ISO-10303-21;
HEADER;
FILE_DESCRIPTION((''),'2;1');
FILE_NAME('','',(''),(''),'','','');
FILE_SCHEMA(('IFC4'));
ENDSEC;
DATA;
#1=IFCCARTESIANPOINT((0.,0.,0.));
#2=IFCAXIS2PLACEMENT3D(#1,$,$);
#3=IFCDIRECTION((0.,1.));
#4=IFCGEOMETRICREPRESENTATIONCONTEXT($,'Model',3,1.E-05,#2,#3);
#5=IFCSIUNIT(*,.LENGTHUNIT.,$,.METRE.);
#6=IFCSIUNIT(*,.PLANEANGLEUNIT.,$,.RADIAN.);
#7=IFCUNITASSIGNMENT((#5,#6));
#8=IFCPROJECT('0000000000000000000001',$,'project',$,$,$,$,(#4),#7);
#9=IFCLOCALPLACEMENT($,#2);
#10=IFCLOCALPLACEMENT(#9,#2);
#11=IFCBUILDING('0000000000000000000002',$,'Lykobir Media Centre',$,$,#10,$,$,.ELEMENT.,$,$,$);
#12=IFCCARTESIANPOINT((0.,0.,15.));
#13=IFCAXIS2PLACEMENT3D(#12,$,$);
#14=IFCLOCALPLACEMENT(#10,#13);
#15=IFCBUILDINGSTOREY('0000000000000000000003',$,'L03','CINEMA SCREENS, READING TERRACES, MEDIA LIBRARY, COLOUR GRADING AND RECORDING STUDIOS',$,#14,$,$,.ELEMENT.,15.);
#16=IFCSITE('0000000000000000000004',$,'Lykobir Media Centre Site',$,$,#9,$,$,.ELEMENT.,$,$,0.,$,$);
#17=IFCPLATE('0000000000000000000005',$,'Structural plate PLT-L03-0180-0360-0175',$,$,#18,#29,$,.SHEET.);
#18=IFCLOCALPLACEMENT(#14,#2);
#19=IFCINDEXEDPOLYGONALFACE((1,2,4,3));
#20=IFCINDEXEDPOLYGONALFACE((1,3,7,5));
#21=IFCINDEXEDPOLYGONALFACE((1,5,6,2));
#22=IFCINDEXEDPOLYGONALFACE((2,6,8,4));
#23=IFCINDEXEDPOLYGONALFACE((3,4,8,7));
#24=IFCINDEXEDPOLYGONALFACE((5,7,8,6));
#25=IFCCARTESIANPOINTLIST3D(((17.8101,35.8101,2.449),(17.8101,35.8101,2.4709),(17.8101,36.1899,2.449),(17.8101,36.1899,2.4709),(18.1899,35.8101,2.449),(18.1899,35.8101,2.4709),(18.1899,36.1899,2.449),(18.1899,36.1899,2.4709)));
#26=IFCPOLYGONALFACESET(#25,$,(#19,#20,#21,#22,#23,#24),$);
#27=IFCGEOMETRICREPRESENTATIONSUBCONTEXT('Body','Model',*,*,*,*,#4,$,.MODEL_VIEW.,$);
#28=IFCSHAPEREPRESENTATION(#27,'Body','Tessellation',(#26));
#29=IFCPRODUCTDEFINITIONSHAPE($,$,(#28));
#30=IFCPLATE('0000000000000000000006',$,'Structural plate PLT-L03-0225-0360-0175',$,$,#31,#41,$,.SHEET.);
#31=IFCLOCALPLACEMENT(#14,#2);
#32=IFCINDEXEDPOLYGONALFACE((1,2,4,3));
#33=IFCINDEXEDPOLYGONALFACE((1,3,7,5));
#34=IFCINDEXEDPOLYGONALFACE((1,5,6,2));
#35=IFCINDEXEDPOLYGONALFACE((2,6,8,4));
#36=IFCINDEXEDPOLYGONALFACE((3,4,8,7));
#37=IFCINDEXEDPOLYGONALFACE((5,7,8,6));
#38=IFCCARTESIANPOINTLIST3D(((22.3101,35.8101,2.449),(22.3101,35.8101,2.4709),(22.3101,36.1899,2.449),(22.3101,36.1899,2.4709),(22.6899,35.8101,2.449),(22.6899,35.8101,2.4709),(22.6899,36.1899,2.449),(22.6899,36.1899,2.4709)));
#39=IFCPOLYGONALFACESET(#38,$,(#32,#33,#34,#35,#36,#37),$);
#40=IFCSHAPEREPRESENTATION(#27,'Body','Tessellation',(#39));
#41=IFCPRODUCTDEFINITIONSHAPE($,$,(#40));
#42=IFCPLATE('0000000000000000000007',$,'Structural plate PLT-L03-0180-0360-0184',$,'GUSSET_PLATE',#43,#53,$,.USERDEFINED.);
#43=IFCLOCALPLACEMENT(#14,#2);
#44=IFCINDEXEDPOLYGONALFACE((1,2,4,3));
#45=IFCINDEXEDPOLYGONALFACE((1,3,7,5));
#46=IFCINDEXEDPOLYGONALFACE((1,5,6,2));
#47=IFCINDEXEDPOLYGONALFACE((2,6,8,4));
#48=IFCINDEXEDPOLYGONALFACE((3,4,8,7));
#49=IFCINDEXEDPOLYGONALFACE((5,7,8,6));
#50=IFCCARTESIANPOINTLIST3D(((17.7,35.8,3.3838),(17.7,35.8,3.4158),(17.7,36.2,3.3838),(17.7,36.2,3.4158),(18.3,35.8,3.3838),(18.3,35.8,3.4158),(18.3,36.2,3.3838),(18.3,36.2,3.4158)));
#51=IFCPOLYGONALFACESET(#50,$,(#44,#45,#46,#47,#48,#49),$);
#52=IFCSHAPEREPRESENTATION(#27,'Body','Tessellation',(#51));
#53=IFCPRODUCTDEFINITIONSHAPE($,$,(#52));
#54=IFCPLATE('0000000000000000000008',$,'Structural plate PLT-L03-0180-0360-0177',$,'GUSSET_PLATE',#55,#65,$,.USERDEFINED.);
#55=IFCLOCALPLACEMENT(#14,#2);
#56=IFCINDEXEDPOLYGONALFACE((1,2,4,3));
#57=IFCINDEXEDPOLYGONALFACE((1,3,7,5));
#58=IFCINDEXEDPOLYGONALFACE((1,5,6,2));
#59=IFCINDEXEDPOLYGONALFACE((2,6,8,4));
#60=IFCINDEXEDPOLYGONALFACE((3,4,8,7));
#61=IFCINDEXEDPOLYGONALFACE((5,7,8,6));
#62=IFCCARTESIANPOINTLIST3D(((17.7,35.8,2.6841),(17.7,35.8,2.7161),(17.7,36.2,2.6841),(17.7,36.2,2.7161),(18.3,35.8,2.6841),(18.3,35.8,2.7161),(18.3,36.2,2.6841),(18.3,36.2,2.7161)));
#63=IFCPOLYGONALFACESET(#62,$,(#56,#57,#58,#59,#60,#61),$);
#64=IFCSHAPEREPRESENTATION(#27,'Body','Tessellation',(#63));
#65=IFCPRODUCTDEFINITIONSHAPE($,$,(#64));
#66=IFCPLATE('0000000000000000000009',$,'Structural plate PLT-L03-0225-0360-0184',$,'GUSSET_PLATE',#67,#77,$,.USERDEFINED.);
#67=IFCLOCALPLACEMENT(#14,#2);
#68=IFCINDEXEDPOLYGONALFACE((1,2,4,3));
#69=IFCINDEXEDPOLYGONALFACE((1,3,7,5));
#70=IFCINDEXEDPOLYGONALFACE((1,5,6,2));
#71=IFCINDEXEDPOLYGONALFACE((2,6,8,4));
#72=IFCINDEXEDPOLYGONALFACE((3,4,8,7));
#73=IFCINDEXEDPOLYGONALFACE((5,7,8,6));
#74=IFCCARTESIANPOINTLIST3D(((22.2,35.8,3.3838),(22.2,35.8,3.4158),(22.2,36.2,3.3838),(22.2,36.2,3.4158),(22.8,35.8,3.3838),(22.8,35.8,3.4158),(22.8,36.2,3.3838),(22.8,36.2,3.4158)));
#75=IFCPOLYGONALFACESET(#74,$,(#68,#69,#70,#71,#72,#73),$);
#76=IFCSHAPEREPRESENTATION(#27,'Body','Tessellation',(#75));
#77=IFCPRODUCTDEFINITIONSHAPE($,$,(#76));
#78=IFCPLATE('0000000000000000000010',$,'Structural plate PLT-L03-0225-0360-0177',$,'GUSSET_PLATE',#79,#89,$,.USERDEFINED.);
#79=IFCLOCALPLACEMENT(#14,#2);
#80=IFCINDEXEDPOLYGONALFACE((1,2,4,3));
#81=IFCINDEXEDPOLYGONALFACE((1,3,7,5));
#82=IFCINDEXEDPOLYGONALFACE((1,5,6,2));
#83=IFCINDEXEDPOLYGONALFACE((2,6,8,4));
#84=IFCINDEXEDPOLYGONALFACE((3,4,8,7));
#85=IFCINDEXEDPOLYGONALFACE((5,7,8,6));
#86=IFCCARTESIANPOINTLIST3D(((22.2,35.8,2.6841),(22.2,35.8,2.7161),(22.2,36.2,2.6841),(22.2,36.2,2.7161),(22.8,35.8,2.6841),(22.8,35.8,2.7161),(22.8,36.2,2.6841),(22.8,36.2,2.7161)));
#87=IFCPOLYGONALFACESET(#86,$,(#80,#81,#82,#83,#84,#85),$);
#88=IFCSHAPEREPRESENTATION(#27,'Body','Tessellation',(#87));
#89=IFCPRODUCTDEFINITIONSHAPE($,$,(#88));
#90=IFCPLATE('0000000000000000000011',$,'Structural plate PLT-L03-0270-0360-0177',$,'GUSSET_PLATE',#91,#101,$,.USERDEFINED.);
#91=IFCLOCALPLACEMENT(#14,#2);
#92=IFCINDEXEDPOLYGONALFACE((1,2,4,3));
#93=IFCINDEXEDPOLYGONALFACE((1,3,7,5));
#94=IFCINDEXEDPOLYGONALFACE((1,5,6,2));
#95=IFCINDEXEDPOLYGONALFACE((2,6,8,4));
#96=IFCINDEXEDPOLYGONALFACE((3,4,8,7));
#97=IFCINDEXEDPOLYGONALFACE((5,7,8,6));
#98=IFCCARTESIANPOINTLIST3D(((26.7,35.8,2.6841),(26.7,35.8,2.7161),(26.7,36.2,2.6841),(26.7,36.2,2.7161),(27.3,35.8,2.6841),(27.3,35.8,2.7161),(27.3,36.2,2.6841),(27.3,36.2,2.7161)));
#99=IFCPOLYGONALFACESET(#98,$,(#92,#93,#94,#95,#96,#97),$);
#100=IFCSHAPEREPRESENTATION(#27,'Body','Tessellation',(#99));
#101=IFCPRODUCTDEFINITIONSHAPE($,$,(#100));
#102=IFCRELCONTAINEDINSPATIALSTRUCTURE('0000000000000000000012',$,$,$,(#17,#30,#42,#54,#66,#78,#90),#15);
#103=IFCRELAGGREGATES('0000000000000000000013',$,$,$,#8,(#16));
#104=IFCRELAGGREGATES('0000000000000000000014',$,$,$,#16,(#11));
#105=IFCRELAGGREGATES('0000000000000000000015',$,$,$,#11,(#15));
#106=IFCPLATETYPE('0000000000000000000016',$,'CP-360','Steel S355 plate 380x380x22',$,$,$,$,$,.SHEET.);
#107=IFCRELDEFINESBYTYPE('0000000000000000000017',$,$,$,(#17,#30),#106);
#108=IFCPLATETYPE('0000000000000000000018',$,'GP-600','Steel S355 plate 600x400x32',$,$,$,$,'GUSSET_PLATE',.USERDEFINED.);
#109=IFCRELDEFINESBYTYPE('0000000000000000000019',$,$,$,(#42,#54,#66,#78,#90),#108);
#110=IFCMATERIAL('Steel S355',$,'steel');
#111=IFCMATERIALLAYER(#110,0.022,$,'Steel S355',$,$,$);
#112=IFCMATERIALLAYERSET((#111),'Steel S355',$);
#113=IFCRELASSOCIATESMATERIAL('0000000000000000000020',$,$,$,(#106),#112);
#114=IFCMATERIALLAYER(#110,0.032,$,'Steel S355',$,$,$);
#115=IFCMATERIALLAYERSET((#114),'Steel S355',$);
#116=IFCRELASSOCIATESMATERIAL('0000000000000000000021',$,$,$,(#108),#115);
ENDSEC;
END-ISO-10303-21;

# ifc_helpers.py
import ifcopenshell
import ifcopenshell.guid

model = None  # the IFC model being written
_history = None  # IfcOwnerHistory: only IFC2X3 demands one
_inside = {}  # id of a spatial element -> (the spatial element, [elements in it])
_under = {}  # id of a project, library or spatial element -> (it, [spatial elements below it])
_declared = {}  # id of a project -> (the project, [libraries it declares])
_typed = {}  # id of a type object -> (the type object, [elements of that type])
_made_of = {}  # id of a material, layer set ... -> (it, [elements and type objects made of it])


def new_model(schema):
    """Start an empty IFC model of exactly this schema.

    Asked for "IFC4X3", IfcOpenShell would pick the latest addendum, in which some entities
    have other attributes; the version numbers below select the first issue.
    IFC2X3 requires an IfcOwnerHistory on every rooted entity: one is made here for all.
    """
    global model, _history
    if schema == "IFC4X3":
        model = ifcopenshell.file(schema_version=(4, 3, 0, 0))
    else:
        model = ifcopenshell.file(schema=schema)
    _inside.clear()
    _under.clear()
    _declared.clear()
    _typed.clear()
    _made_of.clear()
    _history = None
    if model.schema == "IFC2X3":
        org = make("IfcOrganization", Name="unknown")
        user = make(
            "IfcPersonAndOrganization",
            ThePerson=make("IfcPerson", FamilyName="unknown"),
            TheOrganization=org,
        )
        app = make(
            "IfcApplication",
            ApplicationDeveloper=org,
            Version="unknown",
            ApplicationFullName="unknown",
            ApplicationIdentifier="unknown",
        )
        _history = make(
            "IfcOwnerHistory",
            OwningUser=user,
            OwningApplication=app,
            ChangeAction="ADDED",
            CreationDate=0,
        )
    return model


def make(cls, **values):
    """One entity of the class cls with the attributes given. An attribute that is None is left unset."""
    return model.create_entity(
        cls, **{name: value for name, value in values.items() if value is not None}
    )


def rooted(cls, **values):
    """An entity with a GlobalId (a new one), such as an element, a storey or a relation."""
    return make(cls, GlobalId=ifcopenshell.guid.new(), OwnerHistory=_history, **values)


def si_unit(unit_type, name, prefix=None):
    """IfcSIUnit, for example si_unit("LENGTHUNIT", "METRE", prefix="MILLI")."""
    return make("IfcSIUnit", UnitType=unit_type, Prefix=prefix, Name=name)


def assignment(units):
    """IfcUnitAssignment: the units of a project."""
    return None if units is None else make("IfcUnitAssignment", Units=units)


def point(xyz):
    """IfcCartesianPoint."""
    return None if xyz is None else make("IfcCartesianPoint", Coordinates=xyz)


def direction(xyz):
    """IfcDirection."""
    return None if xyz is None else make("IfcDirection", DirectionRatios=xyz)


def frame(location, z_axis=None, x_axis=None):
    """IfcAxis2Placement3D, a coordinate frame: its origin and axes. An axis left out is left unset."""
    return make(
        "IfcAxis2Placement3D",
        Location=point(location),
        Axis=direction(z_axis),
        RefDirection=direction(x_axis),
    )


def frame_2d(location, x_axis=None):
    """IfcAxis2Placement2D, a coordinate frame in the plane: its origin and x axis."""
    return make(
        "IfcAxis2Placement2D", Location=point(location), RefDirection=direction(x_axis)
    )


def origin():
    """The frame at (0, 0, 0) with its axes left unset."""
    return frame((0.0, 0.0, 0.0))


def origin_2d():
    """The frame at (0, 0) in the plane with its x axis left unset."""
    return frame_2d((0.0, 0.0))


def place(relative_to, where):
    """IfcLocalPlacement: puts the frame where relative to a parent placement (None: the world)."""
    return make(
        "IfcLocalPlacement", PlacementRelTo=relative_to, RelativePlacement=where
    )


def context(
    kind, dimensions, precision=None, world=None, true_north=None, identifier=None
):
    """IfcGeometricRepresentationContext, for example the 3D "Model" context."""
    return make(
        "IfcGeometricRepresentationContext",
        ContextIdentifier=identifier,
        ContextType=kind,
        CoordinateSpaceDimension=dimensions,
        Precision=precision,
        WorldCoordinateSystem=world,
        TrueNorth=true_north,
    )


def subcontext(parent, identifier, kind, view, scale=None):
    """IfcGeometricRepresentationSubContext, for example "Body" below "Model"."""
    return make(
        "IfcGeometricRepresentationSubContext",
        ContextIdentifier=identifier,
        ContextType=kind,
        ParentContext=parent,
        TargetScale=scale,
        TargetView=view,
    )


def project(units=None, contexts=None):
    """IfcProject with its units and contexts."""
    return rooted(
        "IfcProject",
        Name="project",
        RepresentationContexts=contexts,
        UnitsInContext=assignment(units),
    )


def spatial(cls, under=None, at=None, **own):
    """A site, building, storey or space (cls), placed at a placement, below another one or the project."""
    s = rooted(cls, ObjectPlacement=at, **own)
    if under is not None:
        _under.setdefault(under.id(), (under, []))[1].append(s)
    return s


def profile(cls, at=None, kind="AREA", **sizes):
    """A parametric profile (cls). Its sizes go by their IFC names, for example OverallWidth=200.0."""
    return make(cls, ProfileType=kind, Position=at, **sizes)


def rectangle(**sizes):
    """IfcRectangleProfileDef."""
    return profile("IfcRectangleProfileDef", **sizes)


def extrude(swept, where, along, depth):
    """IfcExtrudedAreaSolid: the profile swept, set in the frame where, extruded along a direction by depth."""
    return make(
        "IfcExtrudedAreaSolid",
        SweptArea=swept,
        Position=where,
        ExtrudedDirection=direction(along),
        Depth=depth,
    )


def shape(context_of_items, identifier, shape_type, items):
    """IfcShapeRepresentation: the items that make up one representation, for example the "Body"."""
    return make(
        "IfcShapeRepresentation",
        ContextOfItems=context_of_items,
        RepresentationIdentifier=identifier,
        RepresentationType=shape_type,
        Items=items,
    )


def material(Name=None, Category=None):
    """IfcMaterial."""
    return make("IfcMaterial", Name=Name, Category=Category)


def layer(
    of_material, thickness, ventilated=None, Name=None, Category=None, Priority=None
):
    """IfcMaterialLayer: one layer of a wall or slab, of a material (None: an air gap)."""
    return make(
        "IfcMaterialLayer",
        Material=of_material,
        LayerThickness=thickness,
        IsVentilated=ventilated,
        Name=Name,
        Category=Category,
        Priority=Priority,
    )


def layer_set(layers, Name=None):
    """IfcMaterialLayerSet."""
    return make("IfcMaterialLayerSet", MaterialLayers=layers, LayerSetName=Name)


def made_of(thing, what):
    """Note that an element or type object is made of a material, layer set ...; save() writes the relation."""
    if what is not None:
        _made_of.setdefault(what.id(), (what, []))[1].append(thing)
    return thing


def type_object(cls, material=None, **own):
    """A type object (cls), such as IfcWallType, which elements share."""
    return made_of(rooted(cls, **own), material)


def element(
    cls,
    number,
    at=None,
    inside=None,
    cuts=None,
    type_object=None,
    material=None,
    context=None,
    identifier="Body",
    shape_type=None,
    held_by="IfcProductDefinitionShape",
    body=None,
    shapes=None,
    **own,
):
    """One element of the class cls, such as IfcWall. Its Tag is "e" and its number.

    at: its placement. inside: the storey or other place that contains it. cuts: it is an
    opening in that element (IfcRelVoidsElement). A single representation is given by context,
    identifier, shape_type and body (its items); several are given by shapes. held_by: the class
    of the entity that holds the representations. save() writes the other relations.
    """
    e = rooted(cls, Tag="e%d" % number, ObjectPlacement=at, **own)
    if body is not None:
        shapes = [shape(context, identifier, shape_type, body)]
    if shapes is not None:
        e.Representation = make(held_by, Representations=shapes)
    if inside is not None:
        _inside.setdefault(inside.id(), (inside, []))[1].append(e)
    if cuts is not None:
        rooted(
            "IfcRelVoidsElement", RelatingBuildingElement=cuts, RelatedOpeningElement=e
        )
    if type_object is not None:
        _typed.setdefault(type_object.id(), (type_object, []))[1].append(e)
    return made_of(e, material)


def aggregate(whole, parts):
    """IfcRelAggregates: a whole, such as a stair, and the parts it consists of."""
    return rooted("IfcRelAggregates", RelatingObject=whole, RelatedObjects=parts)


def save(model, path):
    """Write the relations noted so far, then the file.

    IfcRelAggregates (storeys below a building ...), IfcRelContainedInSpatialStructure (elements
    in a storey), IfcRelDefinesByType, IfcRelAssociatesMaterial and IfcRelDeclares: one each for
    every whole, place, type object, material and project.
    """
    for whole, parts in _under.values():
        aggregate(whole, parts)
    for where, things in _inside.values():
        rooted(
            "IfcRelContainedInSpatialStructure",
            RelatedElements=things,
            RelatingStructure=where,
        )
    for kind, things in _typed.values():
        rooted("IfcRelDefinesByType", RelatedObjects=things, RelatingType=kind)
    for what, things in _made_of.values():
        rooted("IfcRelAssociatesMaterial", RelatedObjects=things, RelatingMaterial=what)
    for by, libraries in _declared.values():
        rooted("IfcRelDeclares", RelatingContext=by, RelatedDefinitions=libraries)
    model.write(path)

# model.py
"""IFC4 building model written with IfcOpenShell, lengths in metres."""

from ifc_helpers import new_model, si_unit, direction, frame, origin, origin_2d, place, context, subcontext, project, spatial, rectangle, extrude, material, layer, layer_set, type_object, element, save


model = new_model("IFC4")

# Units and contexts
model_context = context("Model", 3, precision=1e-05, world=origin(), true_north=direction((0.0, 1.0)))
body_context = subcontext(model_context, "Body", "Model", "MODEL_VIEW")
ifc_project = project(units=[si_unit("LENGTHUNIT", "METRE"), si_unit("PLANEANGLEUNIT", "RADIAN")], contexts=[model_context])

# Site, building, storey
site_placement = place(None, origin())
site = spatial("IfcSite", under=ifc_project, at=site_placement, Name="Lykobir Media Centre Site", CompositionType="ELEMENT", RefElevation=0.0)
building_placement = place(site_placement, origin())
building = spatial("IfcBuilding", under=site, at=building_placement, Name="Lykobir Media Centre", CompositionType="ELEMENT")
storey_placement = place(building_placement, frame((0.0, 0.0, 15.0)))
storey = spatial("IfcBuildingStorey", under=building, at=storey_placement, Name="L03", Description="CINEMA SCREENS, READING TERRACES, MEDIA LIBRARY, COLOUR GRADING AND RECORDING STUDIOS", CompositionType="ELEMENT", Elevation=15.0)

# Shared definitions
ifc_material = material(Name="Steel S355", Category="steel")

# Plates
ifc_layer_1 = layer(ifc_material, 0.022, Name="Steel S355")
ifc_layer_set_1 = layer_set([ifc_layer_1], Name="Steel S355")
plate_type_1 = type_object("IfcPlateType", Name="CP-360", Description="Steel S355 plate 380x380x22", PredefinedType="SHEET", material=ifc_layer_set_1)
for number, where, z_axis, x_axis, name in (
    (1, (18.0, 36.0, 2.449), (0.0, 0.0, 1.0), (1.0, 0.0, 0.0), "Structural plate PLT-L03-0180-0360-0175"),
    (2, (22.5, 36.0, 2.449), (0.0, 0.0, 1.0), (1.0, 0.0, 0.0), "Structural plate PLT-L03-0225-0360-0175"),
):
    element("IfcPlate", number, at=place(storey_placement, frame(where, z_axis=z_axis, x_axis=x_axis)), inside=storey, type_object=plate_type_1, Name=name, PredefinedType="SHEET", context=body_context, shape_type="SweptSolid", body=[
        extrude(rectangle(XDim=0.3799, YDim=0.3799, at=origin_2d()), origin(), (0.0, 0.0, 1.0), 0.022),
    ])
ifc_layer_2 = layer(ifc_material, 0.032, Name="Steel S355")
ifc_layer_set_2 = layer_set([ifc_layer_2], Name="Steel S355")
plate_type_2 = type_object("IfcPlateType", Name="GP-600", Description="Steel S355 plate 600x400x32", ElementType="GUSSET_PLATE", PredefinedType="USERDEFINED", material=ifc_layer_set_2)
for number, where, z_axis, x_axis, name in (
    (3, (18.0, 36.0, 3.3838), (0.0, 0.0, 1.0), (1.0, 0.0, 0.0), "Structural plate PLT-L03-0180-0360-0184"),
    (4, (18.0, 36.0, 2.6841), (0.0, 0.0, 1.0), (1.0, 0.0, 0.0), "Structural plate PLT-L03-0180-0360-0177"),
    (5, (22.5, 36.0, 3.3838), (0.0, 0.0, 1.0), (1.0, 0.0, 0.0), "Structural plate PLT-L03-0225-0360-0184"),
    (6, (22.5, 36.0, 2.6841), (0.0, 0.0, 1.0), (1.0, 0.0, 0.0), "Structural plate PLT-L03-0225-0360-0177"),
    (7, (27.0, 36.0, 2.6841), (0.0, 0.0, 1.0), (1.0, 0.0, 0.0), "Structural plate PLT-L03-0270-0360-0177"),
):
    element("IfcPlate", number, at=place(storey_placement, frame(where, z_axis=z_axis, x_axis=x_axis)), inside=storey, type_object=plate_type_2, Name=name, ObjectType="GUSSET_PLATE", PredefinedType="USERDEFINED", context=body_context, shape_type="SweptSolid", body=[
        extrude(rectangle(XDim=0.6001, YDim=0.3999, at=origin_2d()), origin(), (0.0, 0.0, 1.0), 0.032),
    ])

save(model, "model.ifc")
